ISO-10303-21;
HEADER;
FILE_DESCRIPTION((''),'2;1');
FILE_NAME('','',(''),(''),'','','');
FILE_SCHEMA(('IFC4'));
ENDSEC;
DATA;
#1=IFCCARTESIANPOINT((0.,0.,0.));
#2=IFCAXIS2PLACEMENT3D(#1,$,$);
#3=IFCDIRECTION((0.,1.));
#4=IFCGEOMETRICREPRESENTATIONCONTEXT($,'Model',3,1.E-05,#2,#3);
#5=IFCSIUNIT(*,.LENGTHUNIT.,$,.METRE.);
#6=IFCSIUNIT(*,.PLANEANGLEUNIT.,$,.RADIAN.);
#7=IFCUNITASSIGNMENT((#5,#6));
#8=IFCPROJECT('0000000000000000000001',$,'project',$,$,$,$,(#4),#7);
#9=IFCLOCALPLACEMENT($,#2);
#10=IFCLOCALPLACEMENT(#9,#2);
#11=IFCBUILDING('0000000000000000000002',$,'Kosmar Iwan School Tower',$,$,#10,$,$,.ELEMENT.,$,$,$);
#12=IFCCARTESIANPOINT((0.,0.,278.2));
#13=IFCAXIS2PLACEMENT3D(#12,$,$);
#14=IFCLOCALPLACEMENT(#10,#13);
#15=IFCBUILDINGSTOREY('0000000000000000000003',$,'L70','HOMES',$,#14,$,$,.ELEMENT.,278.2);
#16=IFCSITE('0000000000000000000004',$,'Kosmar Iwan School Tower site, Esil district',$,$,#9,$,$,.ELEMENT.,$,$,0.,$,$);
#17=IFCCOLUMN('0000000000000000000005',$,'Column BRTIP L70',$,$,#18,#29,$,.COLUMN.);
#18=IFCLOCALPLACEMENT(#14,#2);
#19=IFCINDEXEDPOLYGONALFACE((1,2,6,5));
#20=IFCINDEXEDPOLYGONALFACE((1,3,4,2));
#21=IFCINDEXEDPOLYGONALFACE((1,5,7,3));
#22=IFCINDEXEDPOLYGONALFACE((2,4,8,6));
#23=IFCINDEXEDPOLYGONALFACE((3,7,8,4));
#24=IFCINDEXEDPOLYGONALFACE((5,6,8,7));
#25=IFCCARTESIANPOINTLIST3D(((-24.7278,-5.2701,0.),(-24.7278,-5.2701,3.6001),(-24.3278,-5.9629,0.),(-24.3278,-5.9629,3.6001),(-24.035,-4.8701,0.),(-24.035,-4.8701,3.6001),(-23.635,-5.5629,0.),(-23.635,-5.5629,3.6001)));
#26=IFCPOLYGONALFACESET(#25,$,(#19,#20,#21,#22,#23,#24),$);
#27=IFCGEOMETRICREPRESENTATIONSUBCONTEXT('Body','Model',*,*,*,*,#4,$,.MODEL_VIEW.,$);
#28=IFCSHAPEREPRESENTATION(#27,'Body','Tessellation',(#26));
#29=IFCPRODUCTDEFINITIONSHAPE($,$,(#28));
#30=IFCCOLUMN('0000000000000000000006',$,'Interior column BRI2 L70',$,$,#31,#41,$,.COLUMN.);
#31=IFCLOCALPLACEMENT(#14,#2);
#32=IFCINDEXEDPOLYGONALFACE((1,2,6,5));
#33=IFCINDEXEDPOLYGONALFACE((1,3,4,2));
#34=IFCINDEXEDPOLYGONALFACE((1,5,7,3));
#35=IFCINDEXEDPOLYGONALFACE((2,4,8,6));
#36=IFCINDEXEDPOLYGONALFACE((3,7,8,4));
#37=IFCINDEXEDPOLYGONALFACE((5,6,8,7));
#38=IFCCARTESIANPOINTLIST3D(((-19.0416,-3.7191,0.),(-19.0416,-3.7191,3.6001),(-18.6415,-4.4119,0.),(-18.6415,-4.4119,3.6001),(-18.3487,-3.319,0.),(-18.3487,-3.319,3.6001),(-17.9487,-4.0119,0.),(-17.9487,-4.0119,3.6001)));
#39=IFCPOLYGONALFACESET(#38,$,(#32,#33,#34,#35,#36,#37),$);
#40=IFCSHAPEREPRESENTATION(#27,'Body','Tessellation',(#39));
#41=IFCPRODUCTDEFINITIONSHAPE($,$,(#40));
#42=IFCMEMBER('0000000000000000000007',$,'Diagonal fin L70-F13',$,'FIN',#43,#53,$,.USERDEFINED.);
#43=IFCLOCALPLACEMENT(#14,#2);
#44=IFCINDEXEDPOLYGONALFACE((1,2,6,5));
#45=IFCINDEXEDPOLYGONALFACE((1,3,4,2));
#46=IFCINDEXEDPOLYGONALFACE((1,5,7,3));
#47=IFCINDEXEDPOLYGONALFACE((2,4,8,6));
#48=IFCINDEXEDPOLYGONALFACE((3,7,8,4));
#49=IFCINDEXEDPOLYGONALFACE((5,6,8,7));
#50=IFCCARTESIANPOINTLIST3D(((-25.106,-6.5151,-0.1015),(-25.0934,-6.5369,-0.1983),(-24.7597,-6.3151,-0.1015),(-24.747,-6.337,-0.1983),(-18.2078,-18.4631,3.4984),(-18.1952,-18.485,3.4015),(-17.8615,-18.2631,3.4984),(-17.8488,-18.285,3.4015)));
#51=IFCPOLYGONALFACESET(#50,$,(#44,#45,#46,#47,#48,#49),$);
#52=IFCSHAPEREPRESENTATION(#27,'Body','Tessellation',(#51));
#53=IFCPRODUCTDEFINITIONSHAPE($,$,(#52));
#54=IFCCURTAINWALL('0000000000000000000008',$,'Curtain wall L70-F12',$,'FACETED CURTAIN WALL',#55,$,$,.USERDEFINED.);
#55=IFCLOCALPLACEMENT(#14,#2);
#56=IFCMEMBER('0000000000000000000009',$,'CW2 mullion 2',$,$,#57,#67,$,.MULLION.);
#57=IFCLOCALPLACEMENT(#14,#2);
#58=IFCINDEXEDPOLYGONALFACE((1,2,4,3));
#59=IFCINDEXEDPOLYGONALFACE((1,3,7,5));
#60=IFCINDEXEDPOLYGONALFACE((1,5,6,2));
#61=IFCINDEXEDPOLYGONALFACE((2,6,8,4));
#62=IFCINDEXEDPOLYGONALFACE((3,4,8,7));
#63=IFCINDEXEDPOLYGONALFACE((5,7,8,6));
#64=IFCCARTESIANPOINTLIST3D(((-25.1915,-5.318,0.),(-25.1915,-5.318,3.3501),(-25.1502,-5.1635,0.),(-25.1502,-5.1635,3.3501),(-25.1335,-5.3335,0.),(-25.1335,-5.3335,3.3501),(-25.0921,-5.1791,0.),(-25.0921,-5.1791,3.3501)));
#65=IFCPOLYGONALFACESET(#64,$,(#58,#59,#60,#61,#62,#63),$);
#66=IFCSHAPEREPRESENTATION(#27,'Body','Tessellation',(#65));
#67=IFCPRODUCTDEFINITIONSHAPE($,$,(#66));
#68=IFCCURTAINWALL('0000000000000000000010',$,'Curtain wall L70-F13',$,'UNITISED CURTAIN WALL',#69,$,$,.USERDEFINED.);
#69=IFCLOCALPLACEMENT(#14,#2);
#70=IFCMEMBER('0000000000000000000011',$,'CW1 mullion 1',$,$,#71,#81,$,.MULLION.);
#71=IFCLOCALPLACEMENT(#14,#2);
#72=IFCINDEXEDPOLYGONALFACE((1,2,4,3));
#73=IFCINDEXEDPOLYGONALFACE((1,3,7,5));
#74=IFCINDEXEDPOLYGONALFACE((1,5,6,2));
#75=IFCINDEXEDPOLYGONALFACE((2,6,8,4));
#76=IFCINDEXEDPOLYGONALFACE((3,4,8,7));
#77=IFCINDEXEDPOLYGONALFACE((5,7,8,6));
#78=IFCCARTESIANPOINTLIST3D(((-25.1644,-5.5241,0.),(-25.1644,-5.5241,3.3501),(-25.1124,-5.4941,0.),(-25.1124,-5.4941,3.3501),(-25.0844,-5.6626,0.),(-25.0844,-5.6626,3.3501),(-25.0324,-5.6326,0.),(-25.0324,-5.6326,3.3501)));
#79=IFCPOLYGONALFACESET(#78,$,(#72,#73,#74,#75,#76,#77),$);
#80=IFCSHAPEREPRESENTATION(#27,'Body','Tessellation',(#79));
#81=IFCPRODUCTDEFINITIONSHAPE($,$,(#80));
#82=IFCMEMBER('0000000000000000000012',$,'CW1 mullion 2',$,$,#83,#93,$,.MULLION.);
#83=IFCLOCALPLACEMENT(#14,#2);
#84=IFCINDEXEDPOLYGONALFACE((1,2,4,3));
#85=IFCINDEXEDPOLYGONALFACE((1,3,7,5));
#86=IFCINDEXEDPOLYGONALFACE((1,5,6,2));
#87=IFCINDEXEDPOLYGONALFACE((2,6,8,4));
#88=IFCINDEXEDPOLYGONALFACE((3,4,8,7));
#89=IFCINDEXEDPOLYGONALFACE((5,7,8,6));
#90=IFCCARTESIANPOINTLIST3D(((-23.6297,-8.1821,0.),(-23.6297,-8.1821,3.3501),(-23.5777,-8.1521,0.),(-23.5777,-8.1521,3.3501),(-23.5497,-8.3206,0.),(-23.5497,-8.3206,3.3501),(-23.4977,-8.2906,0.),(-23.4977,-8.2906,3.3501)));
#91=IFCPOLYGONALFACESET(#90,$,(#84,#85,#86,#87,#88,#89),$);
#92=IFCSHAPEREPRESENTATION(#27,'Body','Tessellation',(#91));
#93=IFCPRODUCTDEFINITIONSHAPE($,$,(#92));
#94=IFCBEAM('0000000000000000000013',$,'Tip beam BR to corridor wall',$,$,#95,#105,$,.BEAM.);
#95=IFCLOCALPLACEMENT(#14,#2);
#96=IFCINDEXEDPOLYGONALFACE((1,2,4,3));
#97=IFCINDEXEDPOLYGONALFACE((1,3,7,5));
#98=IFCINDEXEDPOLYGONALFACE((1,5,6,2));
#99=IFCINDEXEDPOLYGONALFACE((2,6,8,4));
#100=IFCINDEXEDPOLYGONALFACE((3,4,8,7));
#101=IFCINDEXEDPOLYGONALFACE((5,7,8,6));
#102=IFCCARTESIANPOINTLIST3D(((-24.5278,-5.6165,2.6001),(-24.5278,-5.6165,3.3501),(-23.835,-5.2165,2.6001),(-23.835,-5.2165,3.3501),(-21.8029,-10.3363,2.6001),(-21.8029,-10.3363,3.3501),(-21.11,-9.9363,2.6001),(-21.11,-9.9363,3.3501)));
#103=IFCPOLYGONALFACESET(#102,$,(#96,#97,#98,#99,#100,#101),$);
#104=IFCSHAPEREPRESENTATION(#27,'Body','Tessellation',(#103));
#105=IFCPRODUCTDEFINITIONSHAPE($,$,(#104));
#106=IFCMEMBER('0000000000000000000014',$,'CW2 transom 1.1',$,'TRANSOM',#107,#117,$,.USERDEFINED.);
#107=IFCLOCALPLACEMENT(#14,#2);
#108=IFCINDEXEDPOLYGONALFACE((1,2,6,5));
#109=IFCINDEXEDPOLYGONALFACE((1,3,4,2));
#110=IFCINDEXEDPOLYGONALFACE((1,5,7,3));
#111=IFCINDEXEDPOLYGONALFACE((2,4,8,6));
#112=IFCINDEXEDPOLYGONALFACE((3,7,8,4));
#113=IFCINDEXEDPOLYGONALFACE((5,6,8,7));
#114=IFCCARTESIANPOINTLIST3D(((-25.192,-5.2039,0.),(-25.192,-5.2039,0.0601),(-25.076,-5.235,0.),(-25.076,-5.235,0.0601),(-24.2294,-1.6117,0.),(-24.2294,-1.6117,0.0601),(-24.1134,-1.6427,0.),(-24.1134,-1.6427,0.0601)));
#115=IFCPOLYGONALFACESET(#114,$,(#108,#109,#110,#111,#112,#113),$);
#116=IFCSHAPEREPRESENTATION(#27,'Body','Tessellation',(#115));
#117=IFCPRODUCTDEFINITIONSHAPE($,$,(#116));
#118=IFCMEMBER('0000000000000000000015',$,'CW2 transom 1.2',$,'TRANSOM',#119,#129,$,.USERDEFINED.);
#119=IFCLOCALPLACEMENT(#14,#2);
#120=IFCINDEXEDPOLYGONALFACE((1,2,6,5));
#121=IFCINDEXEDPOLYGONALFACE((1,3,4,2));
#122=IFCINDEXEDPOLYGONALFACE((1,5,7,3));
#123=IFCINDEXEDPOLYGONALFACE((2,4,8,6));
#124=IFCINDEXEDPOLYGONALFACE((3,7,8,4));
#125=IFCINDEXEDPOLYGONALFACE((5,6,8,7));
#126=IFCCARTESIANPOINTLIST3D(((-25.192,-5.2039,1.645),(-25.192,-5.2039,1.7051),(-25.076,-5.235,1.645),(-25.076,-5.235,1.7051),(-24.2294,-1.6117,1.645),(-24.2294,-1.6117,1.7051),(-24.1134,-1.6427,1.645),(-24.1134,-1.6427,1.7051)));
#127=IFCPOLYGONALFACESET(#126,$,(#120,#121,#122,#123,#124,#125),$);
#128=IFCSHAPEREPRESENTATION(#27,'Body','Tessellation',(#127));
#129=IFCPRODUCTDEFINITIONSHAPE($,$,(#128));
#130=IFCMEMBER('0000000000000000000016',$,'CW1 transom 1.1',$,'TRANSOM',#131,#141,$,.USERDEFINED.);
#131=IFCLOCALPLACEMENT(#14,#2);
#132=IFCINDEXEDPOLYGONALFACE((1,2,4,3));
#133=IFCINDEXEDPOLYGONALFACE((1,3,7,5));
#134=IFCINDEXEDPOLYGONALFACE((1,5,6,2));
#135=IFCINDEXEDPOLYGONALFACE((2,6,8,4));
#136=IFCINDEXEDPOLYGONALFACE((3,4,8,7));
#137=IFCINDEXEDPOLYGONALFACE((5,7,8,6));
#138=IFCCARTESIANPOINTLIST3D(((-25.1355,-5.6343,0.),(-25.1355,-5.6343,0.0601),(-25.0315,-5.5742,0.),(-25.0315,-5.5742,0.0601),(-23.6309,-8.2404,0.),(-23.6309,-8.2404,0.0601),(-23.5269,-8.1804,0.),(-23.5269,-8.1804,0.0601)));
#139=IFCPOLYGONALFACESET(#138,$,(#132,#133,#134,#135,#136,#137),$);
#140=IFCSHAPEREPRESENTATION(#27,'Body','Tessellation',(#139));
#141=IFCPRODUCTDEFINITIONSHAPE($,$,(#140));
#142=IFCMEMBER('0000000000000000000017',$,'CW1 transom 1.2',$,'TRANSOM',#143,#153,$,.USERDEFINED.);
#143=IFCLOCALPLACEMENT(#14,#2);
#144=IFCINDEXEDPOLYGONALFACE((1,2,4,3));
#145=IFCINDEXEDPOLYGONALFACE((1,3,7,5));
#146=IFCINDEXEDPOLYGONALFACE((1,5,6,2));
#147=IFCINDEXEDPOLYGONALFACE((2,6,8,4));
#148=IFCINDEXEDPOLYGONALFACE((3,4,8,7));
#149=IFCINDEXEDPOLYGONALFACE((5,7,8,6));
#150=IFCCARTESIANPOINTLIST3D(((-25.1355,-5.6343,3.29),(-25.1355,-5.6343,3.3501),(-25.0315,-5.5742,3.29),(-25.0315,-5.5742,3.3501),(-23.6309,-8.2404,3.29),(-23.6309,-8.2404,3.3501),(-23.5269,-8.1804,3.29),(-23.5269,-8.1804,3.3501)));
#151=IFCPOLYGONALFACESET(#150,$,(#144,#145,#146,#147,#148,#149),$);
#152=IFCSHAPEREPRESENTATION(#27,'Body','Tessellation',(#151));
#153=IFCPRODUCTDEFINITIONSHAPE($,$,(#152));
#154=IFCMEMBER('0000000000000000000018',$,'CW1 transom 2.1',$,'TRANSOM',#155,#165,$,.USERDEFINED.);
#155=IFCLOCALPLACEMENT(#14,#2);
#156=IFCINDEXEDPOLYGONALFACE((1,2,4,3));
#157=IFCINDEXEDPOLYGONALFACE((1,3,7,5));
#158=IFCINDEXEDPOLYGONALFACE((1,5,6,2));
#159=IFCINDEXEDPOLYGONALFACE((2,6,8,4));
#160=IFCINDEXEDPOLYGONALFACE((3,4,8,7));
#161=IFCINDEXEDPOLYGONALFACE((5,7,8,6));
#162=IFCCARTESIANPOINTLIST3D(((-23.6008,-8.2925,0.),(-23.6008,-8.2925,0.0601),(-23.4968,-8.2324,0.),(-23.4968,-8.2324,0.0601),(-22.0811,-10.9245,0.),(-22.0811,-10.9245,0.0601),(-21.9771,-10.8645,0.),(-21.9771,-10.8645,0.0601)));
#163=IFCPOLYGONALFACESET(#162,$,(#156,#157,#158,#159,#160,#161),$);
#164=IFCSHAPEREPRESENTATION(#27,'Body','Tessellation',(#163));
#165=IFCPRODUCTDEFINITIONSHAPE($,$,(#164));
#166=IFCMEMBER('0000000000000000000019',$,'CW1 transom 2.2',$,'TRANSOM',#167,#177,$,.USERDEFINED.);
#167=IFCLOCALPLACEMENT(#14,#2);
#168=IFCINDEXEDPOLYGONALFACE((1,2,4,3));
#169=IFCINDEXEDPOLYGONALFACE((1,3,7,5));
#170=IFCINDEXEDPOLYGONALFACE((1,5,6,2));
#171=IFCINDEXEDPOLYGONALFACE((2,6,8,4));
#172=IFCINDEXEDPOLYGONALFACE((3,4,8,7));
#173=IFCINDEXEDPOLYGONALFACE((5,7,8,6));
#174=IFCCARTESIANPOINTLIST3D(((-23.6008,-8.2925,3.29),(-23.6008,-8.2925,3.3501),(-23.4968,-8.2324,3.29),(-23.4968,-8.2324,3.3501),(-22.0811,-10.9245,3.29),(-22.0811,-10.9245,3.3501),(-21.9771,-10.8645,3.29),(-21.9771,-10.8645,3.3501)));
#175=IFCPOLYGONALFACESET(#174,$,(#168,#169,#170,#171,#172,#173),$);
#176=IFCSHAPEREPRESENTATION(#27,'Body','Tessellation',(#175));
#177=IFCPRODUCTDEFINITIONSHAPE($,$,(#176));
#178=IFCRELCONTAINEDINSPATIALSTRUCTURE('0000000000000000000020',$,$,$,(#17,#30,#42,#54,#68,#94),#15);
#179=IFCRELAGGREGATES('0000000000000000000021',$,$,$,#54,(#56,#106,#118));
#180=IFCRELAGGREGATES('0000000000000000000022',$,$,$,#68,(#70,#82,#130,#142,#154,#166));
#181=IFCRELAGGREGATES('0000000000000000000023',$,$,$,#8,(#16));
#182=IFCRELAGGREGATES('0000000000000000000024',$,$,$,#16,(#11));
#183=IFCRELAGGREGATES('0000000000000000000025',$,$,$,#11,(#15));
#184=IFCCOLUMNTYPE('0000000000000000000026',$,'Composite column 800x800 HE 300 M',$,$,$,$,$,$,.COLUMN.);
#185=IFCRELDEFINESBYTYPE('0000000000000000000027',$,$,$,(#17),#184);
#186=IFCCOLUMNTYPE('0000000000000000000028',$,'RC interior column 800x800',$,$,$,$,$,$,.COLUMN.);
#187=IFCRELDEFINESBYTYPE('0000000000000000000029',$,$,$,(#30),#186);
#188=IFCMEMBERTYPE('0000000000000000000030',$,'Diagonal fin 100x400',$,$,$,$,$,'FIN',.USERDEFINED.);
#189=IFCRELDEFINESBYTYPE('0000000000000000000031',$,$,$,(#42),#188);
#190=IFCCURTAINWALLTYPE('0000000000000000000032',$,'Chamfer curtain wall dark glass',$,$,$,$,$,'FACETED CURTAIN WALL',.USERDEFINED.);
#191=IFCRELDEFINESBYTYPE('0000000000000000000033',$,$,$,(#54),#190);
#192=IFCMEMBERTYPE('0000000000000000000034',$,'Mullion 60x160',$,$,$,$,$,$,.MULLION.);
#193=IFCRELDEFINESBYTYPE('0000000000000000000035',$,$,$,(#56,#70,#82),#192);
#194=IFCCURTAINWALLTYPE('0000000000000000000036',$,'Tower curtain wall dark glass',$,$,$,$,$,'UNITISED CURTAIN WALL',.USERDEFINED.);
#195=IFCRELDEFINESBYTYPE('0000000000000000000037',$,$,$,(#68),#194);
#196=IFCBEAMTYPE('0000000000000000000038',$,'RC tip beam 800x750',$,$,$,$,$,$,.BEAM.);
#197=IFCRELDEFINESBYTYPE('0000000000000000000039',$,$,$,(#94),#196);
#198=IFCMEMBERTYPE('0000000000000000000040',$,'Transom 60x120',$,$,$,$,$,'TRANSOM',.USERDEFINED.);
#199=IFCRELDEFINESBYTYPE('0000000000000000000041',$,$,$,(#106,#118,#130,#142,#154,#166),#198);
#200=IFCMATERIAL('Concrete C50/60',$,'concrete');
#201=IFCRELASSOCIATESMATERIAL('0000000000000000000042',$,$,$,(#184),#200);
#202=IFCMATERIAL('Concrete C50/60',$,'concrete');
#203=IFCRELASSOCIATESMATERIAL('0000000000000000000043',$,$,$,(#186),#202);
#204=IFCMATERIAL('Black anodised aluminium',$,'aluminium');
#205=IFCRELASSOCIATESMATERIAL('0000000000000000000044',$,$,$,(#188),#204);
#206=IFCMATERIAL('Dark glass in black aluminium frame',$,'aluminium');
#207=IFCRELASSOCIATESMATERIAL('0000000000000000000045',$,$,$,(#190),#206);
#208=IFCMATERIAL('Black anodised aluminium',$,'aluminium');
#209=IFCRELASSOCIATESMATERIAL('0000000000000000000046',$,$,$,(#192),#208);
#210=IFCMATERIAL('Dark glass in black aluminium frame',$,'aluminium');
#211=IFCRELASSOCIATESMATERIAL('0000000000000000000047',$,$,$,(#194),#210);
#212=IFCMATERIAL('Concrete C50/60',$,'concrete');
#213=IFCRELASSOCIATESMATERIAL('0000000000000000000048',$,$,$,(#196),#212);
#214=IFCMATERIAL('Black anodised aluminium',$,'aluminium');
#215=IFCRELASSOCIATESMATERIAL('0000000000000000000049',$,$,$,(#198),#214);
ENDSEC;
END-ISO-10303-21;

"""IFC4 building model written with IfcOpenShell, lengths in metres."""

from ifc_helpers import new_model, si_unit, direction, frame, origin, origin_2d, place, context, subcontext, project, spatial, rectangle, extrude, material, material_profile, profile_set, type_object, element, aggregate, save


model = new_model("IFC4")

# Units and contexts
model_context = context("Model", 3, precision=1e-05, world=origin(), true_north=direction((0.0, 1.0)))
body_context = subcontext(model_context, "Body", "Model", "MODEL_VIEW")
ifc_project = project(units=[si_unit("LENGTHUNIT", "METRE"), si_unit("PLANEANGLEUNIT", "RADIAN")], contexts=[model_context])

# Site, building, storey
site_placement = place(None, origin())
site = spatial("IfcSite", under=ifc_project, at=site_placement, Name="Kosmar Iwan School Tower site, Esil district", CompositionType="ELEMENT", RefElevation=0.0)
building_placement = place(site_placement, origin())
building = spatial("IfcBuilding", under=site, at=building_placement, Name="Kosmar Iwan School Tower", CompositionType="ELEMENT")
storey_placement = place(building_placement, frame((0.0, 0.0, 278.2)))
storey = spatial("IfcBuildingStorey", under=building, at=storey_placement, Name="L70", Description="HOMES", CompositionType="ELEMENT", Elevation=278.2)

# Columns
ifc_material_1 = material(Name="Concrete C50/60", Category="concrete")
ifc_material_profile_1 = material_profile(ifc_material_1, rectangle(XDim=0.8, YDim=0.8, at=origin_2d()), Name="RC 800x800 + HE 300 M")
ifc_profile_set_1 = profile_set([ifc_material_profile_1], Name="Concrete C50/60")
column_type_1 = type_object("IfcColumnType", Name="Composite column 800x800 HE 300 M", PredefinedType="COLUMN", material=ifc_profile_set_1)
column_1_placement = place(storey_placement, frame((-24.1814, -5.4165, 0.0), z_axis=(0.0, 0.0, 1.0), x_axis=(-0.866025, -0.5, 0.0)))
element("IfcColumn", 1, at=column_1_placement, inside=storey, type_object=column_type_1, Name="Column BRTIP L70", PredefinedType="COLUMN", context=body_context, shape_type="SweptSolid", body=[
    extrude(rectangle(XDim=0.8, YDim=0.8, at=origin_2d()), origin(), (0.0, 0.0, 1.0), 3.6001),
])
ifc_material_2 = material(Name="Concrete C50/60", Category="concrete")
ifc_material_profile_2 = material_profile(ifc_material_2, rectangle(XDim=0.8, YDim=0.8, at=origin_2d()), Name="RC 800x800")
ifc_profile_set_2 = profile_set([ifc_material_profile_2], Name="Concrete C50/60")
column_type_2 = type_object("IfcColumnType", Name="RC interior column 800x800", PredefinedType="COLUMN", material=ifc_profile_set_2)
column_2_placement = place(storey_placement, frame((-18.4951, -3.8655, 0.0), z_axis=(0.0, 0.0, 1.0), x_axis=(-0.866025, -0.5, 0.0)))
element("IfcColumn", 2, at=column_2_placement, inside=storey, type_object=column_type_2, Name="Interior column BRI2 L70", PredefinedType="COLUMN", context=body_context, shape_type="SweptSolid", body=[
    extrude(rectangle(XDim=0.8, YDim=0.8, at=origin_2d()), origin(), (0.0, 0.0, 1.0), 3.6001),
])

# Member
ifc_material_3 = material(Name="Black anodised aluminium", Category="aluminium")
ifc_material_profile_3 = material_profile(ifc_material_3, rectangle(XDim=0.1001, YDim=0.3999, at=origin_2d()), Name="FIN 100x400")
ifc_profile_set_3 = profile_set([ifc_material_profile_3], Name="Black anodised aluminium")
member_type_1 = type_object("IfcMemberType", Name="Diagonal fin 100x400", ElementType="FIN", PredefinedType="USERDEFINED", material=ifc_profile_set_3)
member_1_placement = place(storey_placement, frame((-24.9265, -6.426, -0.1499), z_axis=(0.483802, -0.837969, 0.252475), x_axis=(-0.126237, 0.218649, 0.967604)))
element("IfcMember", 3, at=member_1_placement, inside=storey, type_object=member_type_1, Name="Diagonal fin L70-F13", ObjectType="FIN", PredefinedType="USERDEFINED", context=body_context, shape_type="SweptSolid", body=[
    extrude(rectangle(XDim=0.1001, YDim=0.3999, at=origin_2d()), origin(), (0.0, 0.0, 1.0), 14.2583),
])

# Curtain wall, member
ifc_material_4 = material(Name="Dark glass in black aluminium frame", Category="aluminium")
curtain_wall_type_1 = type_object("IfcCurtainWallType", Name="Chamfer curtain wall dark glass", ElementType="FACETED CURTAIN WALL", PredefinedType="USERDEFINED", material=ifc_material_4)
curtain_wall_1_placement = place(storey_placement, origin())
curtain_wall_1 = element("IfcCurtainWall", 4, at=curtain_wall_1_placement, inside=storey, type_object=curtain_wall_type_1, Name="Curtain wall L70-F12", ObjectType="FACETED CURTAIN WALL", PredefinedType="USERDEFINED")
ifc_material_5 = material(Name="Black anodised aluminium", Category="aluminium")
ifc_material_profile_4 = material_profile(ifc_material_5, rectangle(XDim=0.0601, YDim=0.1599, at=origin_2d()), Name="MULLION 60x160")
ifc_profile_set_4 = profile_set([ifc_material_profile_4], Name="Black anodised aluminium")
member_type_2 = type_object("IfcMemberType", Name="Mullion 60x160", PredefinedType="MULLION", material=ifc_profile_set_4)
member_2_placement = place(storey_placement, frame((-25.1418, -5.2485, 0.0), z_axis=(0.0, 0.0, 1.0), x_axis=(0.965926, -0.258819, 0.0)))
member_2 = element("IfcMember", 5, at=member_2_placement, type_object=member_type_2, Name="CW2 mullion 2", PredefinedType="MULLION", context=body_context, shape_type="SweptSolid", body=[
    extrude(rectangle(XDim=0.0601, YDim=0.1599, at=origin_2d()), origin(), (0.0, 0.0, 1.0), 3.3501),
])

# Curtain wall, members
ifc_material_6 = material(Name="Dark glass in black aluminium frame", Category="aluminium")
curtain_wall_type_2 = type_object("IfcCurtainWallType", Name="Tower curtain wall dark glass", ElementType="UNITISED CURTAIN WALL", PredefinedType="USERDEFINED", material=ifc_material_6)
curtain_wall_2_placement = place(storey_placement, origin())
curtain_wall_2 = element("IfcCurtainWall", 6, at=curtain_wall_2_placement, inside=storey, type_object=curtain_wall_type_2, Name="Curtain wall L70-F13", ObjectType="UNITISED CURTAIN WALL", PredefinedType="USERDEFINED")
member_3_placement = place(storey_placement, frame((-25.0984, -5.5784, 0.0), z_axis=(0.0, 0.0, 1.0), x_axis=(0.866025, 0.5, 0.0)))
member_3 = element("IfcMember", 7, at=member_3_placement, type_object=member_type_2, Name="CW1 mullion 1", PredefinedType="MULLION", context=body_context, shape_type="SweptSolid", body=[
    extrude(rectangle(XDim=0.0601, YDim=0.1599, at=origin_2d()), origin(), (0.0, 0.0, 1.0), 3.3501),
])
member_4_placement = place(storey_placement, frame((-23.5637, -8.2363, 0.0), z_axis=(0.0, 0.0, 1.0), x_axis=(0.866025, 0.5, 0.0)))
member_4 = element("IfcMember", 8, at=member_4_placement, type_object=member_type_2, Name="CW1 mullion 2", PredefinedType="MULLION", context=body_context, shape_type="SweptSolid", body=[
    extrude(rectangle(XDim=0.0601, YDim=0.1599, at=origin_2d()), origin(), (0.0, 0.0, 1.0), 3.3501),
])

# Beam
ifc_material_7 = material(Name="Concrete C50/60", Category="concrete")
ifc_material_profile_5 = material_profile(ifc_material_7, rectangle(XDim=0.8, YDim=0.75, at=origin_2d()), Name="RC 800x750")
ifc_profile_set_5 = profile_set([ifc_material_profile_5], Name="Concrete C50/60")
beam_type = type_object("IfcBeamType", Name="RC tip beam 800x750", PredefinedType="BEAM", material=ifc_profile_set_5)
beam_placement = place(storey_placement, frame((-24.1814, -5.4165, 2.9751), z_axis=(0.499989, -0.866032, 0.0), x_axis=(0.866032, 0.499989, 0.0)))
element("IfcBeam", 9, at=beam_placement, inside=storey, type_object=beam_type, Name="Tip beam BR to corridor wall", PredefinedType="BEAM", context=body_context, shape_type="SweptSolid", body=[
    extrude(rectangle(XDim=0.8, YDim=0.75, at=origin_2d()), origin(), (0.0, 0.0, 1.0), 5.45),
])

# Members
ifc_material_8 = material(Name="Black anodised aluminium", Category="aluminium")
ifc_material_profile_6 = material_profile(ifc_material_8, rectangle(XDim=0.1201, YDim=0.0601, at=origin_2d()), Name="TRANSOM 60x120")
ifc_profile_set_6 = profile_set([ifc_material_profile_6], Name="Black anodised aluminium")
member_type_3 = type_object("IfcMemberType", Name="Transom 60x120", ElementType="TRANSOM", PredefinedType="USERDEFINED", material=ifc_profile_set_6)
member_5_placement = place(storey_placement, frame((-24.1714, -1.6272, 0.03), z_axis=(-0.258843, -0.965919, 0.0), x_axis=(0.965919, -0.258843, 0.0)))
member_5 = element("IfcMember", 10, at=member_5_placement, type_object=member_type_3, Name="CW2 transom 1.1", ObjectType="TRANSOM", PredefinedType="USERDEFINED", context=body_context, shape_type="SweptSolid", body=[
    extrude(rectangle(XDim=0.1201, YDim=0.0601, at=origin_2d()), origin(), (0.0, 0.0, 1.0), 3.719),
])
member_6_placement = place(storey_placement, frame((-24.1714, -1.6272, 1.675), z_axis=(-0.258843, -0.965919, 0.0), x_axis=(0.965919, -0.258843, 0.0)))
member_6 = element("IfcMember", 11, at=member_6_placement, type_object=member_type_3, Name="CW2 transom 1.2", ObjectType="TRANSOM", PredefinedType="USERDEFINED", context=body_context, shape_type="SweptSolid", body=[
    extrude(rectangle(XDim=0.1201, YDim=0.0601, at=origin_2d()), origin(), (0.0, 0.0, 1.0), 3.719),
])
member_7_placement = place(storey_placement, frame((-25.0835, -5.6042, 0.03), z_axis=(0.499987, -0.866033, 0.0), x_axis=(0.866033, 0.499987, 0.0)))
member_7 = element("IfcMember", 12, at=member_7_placement, type_object=member_type_3, Name="CW1 transom 1.1", ObjectType="TRANSOM", PredefinedType="USERDEFINED", context=body_context, shape_type="SweptSolid", body=[
    extrude(rectangle(XDim=0.1201, YDim=0.0601, at=origin_2d()), origin(), (0.0, 0.0, 1.0), 3.0093),
])
member_8_placement = place(storey_placement, frame((-25.0835, -5.6042, 3.3201), z_axis=(0.499987, -0.866033, 0.0), x_axis=(0.866033, 0.499987, 0.0)))
member_8 = element("IfcMember", 13, at=member_8_placement, type_object=member_type_3, Name="CW1 transom 1.2", ObjectType="TRANSOM", PredefinedType="USERDEFINED", context=body_context, shape_type="SweptSolid", body=[
    extrude(rectangle(XDim=0.1201, YDim=0.0601, at=origin_2d()), origin(), (0.0, 0.0, 1.0), 3.0093),
])
member_9_placement = place(storey_placement, frame((-23.5488, -8.2625, 0.03), z_axis=(0.500035, -0.866005, 0.0), x_axis=(0.866005, 0.500035, 0.0)))
member_9 = element("IfcMember", 14, at=member_9_placement, type_object=member_type_3, Name="CW1 transom 2.1", ObjectType="TRANSOM", PredefinedType="USERDEFINED", context=body_context, shape_type="SweptSolid", body=[
    extrude(rectangle(XDim=0.1201, YDim=0.0601, at=origin_2d()), origin(), (0.0, 0.0, 1.0), 3.0393),
])
member_10_placement = place(storey_placement, frame((-23.5488, -8.2625, 3.3201), z_axis=(0.500035, -0.866005, 0.0), x_axis=(0.866005, 0.500035, 0.0)))
member_10 = element("IfcMember", 15, at=member_10_placement, type_object=member_type_3, Name="CW1 transom 2.2", ObjectType="TRANSOM", PredefinedType="USERDEFINED", context=body_context, shape_type="SweptSolid", body=[
    extrude(rectangle(XDim=0.1201, YDim=0.0601, at=origin_2d()), origin(), (0.0, 0.0, 1.0), 3.0393),
])

aggregate(curtain_wall_1, [member_2, member_5, member_6])
aggregate(curtain_wall_2, [member_3, member_4, member_7, member_8, member_9, member_10])

save(model, "model.ifc")
